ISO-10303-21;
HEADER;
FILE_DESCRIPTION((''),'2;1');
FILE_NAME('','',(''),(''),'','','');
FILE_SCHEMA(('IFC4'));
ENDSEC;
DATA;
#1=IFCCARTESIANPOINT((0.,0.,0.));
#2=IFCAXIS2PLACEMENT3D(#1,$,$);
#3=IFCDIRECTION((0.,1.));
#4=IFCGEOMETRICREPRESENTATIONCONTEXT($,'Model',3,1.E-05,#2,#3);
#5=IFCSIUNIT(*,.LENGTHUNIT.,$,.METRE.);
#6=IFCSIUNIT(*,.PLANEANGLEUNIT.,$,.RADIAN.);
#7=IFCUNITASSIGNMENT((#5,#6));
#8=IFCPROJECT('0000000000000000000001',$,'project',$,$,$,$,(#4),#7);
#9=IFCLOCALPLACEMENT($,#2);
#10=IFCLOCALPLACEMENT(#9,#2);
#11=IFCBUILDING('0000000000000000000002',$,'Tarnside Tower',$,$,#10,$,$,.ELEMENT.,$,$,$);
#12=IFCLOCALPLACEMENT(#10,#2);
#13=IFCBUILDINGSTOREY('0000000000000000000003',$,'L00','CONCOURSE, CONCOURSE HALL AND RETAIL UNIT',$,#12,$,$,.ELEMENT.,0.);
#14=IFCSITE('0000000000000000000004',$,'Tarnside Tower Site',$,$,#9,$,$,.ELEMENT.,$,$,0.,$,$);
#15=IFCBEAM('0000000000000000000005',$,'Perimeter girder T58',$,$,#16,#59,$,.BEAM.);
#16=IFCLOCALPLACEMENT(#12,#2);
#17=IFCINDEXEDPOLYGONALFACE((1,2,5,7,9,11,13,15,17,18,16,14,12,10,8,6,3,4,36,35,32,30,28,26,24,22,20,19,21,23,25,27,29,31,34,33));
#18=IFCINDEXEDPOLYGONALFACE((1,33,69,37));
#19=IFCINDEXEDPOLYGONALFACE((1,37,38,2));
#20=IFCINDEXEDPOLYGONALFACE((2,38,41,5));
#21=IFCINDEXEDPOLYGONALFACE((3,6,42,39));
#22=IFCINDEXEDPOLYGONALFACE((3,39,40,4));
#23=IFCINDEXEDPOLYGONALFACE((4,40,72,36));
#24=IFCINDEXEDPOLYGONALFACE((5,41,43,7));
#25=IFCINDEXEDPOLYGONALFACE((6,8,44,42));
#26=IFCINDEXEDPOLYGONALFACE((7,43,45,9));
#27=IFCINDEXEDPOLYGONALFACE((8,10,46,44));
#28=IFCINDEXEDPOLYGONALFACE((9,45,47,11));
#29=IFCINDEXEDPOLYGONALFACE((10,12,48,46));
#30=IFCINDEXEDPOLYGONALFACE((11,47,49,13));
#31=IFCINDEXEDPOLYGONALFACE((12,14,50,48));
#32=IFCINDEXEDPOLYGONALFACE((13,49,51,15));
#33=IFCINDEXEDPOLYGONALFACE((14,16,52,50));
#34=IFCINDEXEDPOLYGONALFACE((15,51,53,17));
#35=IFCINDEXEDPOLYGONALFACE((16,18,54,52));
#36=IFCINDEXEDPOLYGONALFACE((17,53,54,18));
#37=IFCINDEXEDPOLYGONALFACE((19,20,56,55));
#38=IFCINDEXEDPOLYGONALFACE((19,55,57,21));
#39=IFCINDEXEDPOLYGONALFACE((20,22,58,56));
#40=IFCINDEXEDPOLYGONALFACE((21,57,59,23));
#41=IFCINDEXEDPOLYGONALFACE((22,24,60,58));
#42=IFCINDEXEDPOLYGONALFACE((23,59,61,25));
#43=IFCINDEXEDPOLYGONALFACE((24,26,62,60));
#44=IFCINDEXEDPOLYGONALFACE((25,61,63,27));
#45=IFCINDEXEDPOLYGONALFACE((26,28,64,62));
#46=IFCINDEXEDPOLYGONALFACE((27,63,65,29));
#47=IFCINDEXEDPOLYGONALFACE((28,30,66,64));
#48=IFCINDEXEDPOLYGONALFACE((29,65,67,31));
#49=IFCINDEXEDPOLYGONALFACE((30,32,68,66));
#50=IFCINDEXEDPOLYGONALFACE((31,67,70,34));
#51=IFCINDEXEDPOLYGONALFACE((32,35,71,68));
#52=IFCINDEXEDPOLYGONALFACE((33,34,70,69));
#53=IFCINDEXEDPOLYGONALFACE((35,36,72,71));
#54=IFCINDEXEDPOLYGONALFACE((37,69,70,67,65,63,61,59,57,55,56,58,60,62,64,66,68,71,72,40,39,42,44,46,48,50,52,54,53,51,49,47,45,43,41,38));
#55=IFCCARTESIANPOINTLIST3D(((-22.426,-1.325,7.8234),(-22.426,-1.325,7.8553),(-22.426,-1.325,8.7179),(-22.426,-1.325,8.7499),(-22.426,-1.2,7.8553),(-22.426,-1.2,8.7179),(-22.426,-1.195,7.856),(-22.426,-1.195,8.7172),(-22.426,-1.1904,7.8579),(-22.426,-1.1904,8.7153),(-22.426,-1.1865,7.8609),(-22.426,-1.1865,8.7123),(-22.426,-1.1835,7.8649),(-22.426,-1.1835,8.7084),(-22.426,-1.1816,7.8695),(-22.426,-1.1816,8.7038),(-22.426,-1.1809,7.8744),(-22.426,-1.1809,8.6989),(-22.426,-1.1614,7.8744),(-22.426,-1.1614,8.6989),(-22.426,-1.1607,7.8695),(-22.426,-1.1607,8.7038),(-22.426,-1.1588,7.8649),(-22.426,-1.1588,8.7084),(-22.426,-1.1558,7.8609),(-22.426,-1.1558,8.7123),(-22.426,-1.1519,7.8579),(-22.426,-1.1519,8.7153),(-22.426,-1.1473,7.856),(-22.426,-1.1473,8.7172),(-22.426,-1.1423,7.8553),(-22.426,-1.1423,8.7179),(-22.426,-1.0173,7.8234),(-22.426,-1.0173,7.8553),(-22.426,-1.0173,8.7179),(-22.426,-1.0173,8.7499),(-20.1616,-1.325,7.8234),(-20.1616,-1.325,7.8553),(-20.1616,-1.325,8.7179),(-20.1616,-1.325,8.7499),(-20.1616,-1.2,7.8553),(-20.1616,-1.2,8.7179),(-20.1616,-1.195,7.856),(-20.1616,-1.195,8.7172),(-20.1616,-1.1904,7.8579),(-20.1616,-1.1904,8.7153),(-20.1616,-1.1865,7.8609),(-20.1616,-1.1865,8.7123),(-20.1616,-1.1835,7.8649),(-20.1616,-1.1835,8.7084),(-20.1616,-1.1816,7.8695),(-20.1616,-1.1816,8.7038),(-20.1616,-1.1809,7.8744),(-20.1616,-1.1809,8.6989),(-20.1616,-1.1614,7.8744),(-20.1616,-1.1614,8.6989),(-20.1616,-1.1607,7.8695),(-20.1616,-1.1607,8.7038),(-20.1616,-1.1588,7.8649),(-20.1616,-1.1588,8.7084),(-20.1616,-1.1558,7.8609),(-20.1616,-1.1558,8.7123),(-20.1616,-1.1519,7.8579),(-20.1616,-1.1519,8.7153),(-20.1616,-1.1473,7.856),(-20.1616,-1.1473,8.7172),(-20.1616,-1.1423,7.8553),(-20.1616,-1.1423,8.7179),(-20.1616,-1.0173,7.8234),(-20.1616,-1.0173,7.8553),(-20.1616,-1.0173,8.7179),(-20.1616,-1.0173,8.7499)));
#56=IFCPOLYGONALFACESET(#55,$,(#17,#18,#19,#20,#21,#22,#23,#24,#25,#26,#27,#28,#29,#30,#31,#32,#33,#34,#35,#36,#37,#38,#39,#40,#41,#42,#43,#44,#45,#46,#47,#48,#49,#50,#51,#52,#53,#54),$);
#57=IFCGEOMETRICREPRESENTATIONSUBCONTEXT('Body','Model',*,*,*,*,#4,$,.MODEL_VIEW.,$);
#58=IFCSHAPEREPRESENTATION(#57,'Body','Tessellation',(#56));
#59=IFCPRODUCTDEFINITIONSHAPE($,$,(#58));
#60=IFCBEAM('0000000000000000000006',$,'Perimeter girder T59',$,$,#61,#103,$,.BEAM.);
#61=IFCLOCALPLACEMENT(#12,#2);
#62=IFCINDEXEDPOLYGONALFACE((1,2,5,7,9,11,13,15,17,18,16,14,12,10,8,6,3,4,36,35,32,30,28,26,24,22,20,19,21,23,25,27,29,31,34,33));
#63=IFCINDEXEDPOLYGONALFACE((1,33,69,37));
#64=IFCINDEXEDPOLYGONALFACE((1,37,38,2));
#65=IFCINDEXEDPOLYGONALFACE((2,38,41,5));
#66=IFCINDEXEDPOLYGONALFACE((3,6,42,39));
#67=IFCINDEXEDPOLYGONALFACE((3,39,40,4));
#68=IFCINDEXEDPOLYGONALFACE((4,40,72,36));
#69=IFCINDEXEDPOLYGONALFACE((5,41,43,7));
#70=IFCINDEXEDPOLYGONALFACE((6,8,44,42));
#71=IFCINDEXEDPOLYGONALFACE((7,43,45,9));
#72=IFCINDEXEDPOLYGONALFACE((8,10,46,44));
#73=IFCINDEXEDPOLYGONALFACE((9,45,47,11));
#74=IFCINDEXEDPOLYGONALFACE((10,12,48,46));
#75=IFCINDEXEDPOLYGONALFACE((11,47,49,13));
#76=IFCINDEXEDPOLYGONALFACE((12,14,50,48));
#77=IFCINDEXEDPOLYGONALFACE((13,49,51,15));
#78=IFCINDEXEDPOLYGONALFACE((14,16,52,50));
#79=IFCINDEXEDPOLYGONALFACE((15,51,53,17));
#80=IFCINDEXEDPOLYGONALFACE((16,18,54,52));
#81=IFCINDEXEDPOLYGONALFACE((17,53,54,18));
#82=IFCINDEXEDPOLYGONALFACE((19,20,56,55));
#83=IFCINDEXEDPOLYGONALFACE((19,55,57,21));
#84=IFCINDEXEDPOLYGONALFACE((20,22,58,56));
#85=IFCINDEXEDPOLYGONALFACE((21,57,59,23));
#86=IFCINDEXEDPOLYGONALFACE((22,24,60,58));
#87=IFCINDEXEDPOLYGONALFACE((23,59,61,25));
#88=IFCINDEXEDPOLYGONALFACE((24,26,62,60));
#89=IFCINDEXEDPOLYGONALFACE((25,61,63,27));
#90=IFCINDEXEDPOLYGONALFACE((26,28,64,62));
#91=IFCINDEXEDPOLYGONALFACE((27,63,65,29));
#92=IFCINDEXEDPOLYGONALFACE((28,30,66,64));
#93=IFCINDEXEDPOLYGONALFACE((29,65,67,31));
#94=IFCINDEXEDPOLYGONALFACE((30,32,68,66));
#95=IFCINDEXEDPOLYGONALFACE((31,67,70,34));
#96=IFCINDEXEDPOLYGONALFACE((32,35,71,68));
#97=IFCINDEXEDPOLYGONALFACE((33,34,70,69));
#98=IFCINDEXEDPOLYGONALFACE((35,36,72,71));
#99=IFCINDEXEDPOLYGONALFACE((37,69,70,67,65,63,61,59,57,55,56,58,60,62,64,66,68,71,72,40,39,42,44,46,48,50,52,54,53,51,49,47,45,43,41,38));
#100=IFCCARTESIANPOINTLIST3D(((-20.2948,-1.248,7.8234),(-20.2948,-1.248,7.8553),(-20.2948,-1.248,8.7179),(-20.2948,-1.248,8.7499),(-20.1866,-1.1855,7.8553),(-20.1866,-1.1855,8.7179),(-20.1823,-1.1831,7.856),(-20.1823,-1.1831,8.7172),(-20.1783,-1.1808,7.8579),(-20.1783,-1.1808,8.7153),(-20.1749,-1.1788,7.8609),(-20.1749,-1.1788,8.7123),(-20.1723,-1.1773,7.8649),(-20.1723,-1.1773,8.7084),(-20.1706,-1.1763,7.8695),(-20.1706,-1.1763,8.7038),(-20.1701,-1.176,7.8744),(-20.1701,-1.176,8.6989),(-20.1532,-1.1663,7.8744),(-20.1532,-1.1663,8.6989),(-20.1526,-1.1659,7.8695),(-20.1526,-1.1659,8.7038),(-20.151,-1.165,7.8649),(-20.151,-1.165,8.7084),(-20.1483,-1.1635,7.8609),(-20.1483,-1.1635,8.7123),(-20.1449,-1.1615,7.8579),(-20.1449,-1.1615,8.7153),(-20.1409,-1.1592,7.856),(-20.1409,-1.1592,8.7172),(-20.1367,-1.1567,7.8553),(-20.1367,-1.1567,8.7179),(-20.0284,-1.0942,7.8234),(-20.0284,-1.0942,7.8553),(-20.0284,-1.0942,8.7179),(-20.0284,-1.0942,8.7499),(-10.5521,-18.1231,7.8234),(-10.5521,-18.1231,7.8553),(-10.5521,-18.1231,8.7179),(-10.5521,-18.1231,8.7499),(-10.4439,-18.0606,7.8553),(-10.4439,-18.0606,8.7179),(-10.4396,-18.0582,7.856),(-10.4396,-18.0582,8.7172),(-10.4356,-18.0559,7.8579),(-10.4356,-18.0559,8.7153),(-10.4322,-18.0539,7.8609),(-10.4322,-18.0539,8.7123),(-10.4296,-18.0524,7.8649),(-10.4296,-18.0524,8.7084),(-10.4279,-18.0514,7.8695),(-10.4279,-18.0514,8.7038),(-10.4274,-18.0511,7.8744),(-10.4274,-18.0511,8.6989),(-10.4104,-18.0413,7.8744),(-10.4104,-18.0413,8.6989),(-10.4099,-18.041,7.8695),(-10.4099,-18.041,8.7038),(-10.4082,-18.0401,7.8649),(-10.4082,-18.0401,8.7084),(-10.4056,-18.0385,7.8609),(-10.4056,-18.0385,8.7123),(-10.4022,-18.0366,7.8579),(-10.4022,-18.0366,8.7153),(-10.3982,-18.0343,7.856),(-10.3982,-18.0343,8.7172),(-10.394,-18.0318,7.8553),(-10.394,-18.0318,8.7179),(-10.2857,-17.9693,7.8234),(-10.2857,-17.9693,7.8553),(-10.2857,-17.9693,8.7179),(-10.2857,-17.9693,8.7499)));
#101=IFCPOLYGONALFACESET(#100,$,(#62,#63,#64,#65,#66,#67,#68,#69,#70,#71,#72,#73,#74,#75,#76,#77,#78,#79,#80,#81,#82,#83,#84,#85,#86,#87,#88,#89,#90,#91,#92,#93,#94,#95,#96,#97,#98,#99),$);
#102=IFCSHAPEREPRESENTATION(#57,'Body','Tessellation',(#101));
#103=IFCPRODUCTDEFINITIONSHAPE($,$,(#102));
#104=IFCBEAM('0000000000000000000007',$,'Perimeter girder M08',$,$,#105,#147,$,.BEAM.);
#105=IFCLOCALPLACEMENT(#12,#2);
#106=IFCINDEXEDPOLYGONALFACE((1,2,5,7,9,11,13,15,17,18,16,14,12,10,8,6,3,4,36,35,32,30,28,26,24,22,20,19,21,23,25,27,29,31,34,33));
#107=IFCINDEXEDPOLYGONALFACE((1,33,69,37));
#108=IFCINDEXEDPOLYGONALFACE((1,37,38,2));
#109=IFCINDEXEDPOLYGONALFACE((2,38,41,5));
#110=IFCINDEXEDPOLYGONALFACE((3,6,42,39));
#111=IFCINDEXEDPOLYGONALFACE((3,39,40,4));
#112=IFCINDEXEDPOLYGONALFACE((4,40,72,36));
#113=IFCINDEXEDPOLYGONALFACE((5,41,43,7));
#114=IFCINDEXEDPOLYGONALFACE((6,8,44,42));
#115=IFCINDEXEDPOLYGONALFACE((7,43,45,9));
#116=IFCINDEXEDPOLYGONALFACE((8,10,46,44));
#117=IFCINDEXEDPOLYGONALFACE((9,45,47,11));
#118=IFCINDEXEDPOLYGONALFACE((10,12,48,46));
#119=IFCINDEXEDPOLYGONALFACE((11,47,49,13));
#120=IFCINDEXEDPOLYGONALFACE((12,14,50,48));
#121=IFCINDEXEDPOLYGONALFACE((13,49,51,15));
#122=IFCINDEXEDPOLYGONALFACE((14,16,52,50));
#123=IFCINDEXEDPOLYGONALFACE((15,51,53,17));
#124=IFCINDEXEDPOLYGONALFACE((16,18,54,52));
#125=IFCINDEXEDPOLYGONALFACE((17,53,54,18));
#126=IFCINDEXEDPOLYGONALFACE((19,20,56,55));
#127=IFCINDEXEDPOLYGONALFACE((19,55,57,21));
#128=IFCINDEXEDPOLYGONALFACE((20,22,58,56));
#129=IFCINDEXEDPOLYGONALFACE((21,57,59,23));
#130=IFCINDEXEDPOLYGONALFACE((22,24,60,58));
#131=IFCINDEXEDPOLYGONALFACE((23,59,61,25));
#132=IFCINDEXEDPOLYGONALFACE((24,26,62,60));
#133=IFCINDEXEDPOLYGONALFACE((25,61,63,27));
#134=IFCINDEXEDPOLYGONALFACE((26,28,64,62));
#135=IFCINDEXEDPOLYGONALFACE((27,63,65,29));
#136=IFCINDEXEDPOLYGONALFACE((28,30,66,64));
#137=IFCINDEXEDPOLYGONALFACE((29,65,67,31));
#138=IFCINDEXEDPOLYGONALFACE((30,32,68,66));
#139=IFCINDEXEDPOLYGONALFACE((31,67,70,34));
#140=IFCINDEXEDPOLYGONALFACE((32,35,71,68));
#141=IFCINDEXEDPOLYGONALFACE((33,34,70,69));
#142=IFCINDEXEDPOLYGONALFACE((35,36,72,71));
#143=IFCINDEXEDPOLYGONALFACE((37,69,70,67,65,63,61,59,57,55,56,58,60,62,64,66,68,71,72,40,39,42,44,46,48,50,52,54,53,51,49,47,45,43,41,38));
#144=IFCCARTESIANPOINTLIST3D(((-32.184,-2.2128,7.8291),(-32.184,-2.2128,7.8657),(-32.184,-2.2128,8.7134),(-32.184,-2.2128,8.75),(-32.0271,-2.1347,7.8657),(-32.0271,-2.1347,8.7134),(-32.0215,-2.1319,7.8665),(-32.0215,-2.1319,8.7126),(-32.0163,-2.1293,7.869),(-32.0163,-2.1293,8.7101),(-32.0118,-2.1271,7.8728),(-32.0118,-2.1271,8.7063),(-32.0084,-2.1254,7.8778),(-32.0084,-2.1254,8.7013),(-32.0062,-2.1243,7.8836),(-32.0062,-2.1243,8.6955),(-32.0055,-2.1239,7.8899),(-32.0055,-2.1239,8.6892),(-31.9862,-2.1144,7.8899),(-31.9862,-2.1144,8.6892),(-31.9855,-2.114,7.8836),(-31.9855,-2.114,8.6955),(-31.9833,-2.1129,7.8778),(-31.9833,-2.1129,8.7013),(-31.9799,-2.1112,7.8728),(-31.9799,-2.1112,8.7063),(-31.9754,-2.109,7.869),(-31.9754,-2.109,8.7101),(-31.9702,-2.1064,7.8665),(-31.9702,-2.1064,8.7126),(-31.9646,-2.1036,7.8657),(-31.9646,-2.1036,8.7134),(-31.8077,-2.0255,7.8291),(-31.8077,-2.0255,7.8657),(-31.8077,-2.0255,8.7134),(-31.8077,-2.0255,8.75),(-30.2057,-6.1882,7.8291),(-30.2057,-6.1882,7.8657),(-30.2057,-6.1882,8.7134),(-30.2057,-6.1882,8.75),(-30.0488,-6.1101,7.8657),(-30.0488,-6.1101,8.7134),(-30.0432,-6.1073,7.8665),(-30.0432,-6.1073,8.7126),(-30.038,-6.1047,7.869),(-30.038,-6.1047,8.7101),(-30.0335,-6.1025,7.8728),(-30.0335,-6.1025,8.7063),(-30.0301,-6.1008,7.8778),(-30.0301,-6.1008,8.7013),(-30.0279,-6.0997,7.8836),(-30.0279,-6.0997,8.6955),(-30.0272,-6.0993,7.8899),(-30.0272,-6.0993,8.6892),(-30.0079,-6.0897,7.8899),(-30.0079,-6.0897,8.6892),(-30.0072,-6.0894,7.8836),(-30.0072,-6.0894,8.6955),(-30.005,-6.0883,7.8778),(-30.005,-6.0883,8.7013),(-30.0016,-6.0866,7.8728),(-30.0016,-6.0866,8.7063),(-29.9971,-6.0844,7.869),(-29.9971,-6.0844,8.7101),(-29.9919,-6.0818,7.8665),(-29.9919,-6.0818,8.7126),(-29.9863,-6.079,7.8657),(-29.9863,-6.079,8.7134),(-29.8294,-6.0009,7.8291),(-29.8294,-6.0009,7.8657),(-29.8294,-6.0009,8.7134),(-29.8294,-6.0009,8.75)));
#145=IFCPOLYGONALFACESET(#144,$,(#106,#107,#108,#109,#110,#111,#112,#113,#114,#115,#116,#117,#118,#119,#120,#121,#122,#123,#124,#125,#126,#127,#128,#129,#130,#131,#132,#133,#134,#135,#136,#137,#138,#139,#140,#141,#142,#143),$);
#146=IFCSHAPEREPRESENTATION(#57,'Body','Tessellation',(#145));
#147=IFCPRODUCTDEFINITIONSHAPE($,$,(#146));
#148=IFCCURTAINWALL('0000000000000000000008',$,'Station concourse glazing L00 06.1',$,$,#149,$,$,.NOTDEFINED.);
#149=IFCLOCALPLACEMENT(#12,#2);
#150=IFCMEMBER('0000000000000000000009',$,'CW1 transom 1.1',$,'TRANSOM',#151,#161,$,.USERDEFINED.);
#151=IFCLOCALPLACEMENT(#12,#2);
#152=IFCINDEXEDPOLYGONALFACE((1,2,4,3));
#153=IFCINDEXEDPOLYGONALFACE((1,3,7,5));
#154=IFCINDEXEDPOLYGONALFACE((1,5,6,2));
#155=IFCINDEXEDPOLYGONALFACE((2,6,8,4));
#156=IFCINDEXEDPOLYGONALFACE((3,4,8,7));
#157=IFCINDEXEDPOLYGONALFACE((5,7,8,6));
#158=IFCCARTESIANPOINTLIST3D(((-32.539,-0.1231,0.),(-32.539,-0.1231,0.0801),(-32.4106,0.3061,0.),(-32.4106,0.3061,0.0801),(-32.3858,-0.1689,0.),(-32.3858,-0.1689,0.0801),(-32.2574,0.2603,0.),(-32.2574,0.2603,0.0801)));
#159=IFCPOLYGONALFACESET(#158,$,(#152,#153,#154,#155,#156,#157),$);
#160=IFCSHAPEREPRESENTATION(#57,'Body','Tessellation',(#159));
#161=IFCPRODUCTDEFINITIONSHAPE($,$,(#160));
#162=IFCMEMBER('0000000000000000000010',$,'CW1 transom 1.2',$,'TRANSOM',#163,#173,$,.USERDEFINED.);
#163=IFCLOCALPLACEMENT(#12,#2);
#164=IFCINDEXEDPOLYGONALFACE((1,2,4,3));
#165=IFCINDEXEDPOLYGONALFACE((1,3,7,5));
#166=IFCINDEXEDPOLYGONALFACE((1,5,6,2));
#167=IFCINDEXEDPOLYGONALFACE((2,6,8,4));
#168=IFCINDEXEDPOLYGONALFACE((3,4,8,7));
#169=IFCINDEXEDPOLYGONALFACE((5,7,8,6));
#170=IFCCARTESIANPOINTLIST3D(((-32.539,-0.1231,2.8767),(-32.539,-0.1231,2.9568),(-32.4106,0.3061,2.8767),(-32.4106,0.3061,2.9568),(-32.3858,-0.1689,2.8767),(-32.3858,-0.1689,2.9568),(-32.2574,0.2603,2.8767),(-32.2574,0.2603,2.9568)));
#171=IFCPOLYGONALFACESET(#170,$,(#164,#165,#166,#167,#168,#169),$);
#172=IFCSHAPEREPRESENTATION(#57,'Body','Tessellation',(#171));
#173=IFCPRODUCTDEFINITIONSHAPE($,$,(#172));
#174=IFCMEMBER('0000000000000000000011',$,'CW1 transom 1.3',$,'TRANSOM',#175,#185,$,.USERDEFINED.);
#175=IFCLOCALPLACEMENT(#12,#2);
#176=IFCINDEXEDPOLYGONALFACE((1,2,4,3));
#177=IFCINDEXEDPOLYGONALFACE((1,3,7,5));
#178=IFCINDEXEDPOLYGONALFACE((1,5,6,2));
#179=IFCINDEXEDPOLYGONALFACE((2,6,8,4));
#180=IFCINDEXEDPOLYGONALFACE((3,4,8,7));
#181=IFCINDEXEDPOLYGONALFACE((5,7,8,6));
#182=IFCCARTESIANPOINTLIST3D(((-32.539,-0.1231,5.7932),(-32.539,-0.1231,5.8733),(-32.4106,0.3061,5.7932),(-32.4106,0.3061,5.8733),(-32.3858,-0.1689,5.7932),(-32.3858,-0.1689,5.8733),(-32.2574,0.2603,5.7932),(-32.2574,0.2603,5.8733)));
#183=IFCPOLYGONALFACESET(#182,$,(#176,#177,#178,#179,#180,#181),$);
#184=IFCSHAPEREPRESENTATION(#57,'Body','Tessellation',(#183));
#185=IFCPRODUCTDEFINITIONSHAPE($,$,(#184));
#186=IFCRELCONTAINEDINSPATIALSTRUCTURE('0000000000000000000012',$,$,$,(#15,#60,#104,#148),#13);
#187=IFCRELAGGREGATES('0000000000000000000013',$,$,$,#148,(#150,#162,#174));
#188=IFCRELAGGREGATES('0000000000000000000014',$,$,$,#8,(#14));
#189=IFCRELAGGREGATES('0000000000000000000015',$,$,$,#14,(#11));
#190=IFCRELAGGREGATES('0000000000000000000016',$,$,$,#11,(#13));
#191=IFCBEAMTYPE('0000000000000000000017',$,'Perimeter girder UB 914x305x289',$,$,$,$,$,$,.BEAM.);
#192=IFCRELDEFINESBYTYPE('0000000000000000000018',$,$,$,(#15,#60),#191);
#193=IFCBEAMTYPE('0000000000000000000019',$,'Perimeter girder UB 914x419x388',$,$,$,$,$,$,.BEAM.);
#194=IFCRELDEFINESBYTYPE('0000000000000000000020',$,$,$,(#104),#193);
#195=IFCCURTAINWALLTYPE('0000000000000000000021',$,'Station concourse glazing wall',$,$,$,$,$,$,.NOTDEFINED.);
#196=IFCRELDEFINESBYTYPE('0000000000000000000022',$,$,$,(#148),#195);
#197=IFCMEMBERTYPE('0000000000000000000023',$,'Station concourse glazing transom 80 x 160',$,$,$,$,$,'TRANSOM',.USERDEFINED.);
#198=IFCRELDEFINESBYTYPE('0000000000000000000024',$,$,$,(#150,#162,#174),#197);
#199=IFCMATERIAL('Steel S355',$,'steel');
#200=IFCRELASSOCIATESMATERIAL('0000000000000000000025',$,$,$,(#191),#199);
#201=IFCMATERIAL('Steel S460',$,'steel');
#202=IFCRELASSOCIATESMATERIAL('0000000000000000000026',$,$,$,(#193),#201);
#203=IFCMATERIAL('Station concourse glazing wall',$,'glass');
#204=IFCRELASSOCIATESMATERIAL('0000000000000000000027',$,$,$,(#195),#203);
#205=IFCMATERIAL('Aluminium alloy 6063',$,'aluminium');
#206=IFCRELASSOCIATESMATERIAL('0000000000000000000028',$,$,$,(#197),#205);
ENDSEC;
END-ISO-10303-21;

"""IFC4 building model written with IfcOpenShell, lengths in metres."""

from ifc_helpers import new_model, si_unit, direction, frame, origin, origin_2d, place, context, subcontext, project, spatial, rectangle, i_section, extrude, material, material_profile, profile_set, type_object, element, aggregate, save


model = new_model("IFC4")

# Units and contexts
model_context = context("Model", 3, precision=1e-05, world=origin(), true_north=direction((0.0, 1.0)))
body_context = subcontext(model_context, "Body", "Model", "MODEL_VIEW")
ifc_project = project(units=[si_unit("LENGTHUNIT", "METRE"), si_unit("PLANEANGLEUNIT", "RADIAN")], contexts=[model_context])

# Site, building, storey
site_placement = place(None, origin())
site = spatial("IfcSite", under=ifc_project, at=site_placement, Name="Tarnside Tower Site", CompositionType="ELEMENT", RefElevation=0.0)
building_placement = place(site_placement, origin())
building = spatial("IfcBuilding", under=site, at=building_placement, Name="Tarnside Tower", CompositionType="ELEMENT")
storey_placement = place(building_placement, origin())
storey = spatial("IfcBuildingStorey", under=building, at=storey_placement, Name="L00", Description="CONCOURSE, CONCOURSE HALL AND RETAIL UNIT", CompositionType="ELEMENT", Elevation=0.0)

# Beams
ifc_material_1 = material(Name="Steel S355", Category="steel")
ifc_material_profile_1 = material_profile(ifc_material_1, i_section(OverallWidth=0.3076, OverallDepth=0.9265, WebThickness=0.0195, FlangeThickness=0.032, FilletRadius=0.019, at=origin_2d()), Name="UB 914x305x289")
ifc_profile_set_1 = profile_set([ifc_material_profile_1], Name="Steel S355")
beam_type_1 = type_object("IfcBeamType", Name="Perimeter girder UB 914x305x289", PredefinedType="BEAM", material=ifc_profile_set_1)
beam_1_placement = place(storey_placement, frame((-22.426, -1.1711, 8.2866), z_axis=(1.0, 0.0, 0.0), x_axis=(0.0, 1.0, 0.0)))
element("IfcBeam", 1, at=beam_1_placement, inside=storey, type_object=beam_type_1, Name="Perimeter girder T58", PredefinedType="BEAM", context=body_context, shape_type="SweptSolid", body=[
    extrude(i_section(OverallWidth=0.3076, OverallDepth=0.9265, WebThickness=0.0195, FlangeThickness=0.032, FilletRadius=0.019, at=origin_2d()), origin(), (0.0, 0.0, 1.0), 2.2644),
])
beam_2_placement = place(storey_placement, frame((-20.1616, -1.1711, 8.2866), z_axis=(0.499996, -0.866028, 0.0), x_axis=(0.866028, 0.499996, 0.0)))
element("IfcBeam", 2, at=beam_2_placement, inside=storey, type_object=beam_type_1, Name="Perimeter girder T59", PredefinedType="BEAM", context=body_context, shape_type="SweptSolid", body=[
    extrude(i_section(OverallWidth=0.3076, OverallDepth=0.9265, WebThickness=0.0195, FlangeThickness=0.032, FilletRadius=0.019, at=origin_2d()), origin(), (0.0, 0.0, 1.0), 19.4856),
])
ifc_material_2 = material(Name="Steel S460", Category="steel")
ifc_material_profile_2 = material_profile(ifc_material_2, i_section(OverallWidth=0.4204, OverallDepth=0.9209, WebThickness=0.0215, FlangeThickness=0.0366, FilletRadius=0.0242, at=origin_2d()), Name="UB 914x419x388")
ifc_profile_set_2 = profile_set([ifc_material_profile_2], Name="Steel S460")
beam_type_2 = type_object("IfcBeamType", Name="Perimeter girder UB 914x419x388", PredefinedType="BEAM", material=ifc_profile_set_2)
beam_3_placement = place(storey_placement, frame((-31.9958, -2.1191, 8.2896), z_axis=(0.445519, -0.895272, 0.0), x_axis=(0.895272, 0.445519, 0.0)))
element("IfcBeam", 3, at=beam_3_placement, inside=storey, type_object=beam_type_2, Name="Perimeter girder M08", PredefinedType="BEAM", context=body_context, shape_type="SweptSolid", body=[
    extrude(i_section(OverallWidth=0.4204, OverallDepth=0.9209, WebThickness=0.0215, FlangeThickness=0.0366, FilletRadius=0.0242, at=origin_2d()), origin(), (0.0, 0.0, 1.0), 4.4404),
])

# Curtain wall, members
ifc_material_3 = material(Name="Station concourse glazing wall", Category="glass")
curtain_wall_type = type_object("IfcCurtainWallType", Name="Station concourse glazing wall", PredefinedType="NOTDEFINED", material=ifc_material_3)
curtain_wall_1_placement = place(storey_placement, origin())
curtain_wall_1 = element("IfcCurtainWall", 4, at=curtain_wall_1_placement, inside=storey, type_object=curtain_wall_type, Name="Station concourse glazing L00 06.1", PredefinedType="NOTDEFINED")
ifc_material_4 = material(Name="Aluminium alloy 6063", Category="aluminium")
ifc_material_profile_3 = material_profile(ifc_material_4, rectangle(XDim=0.1599, YDim=0.0801, at=origin_2d()), Name="Station concourse glazing transom 80 x 160")
ifc_profile_set_3 = profile_set([ifc_material_profile_3], Name="Aluminium alloy 6063")
member_type = type_object("IfcMemberType", Name="Station concourse glazing transom 80 x 160", ElementType="TRANSOM", PredefinedType="USERDEFINED", material=ifc_profile_set_3)
member_1_placement = place(storey_placement, frame((-32.334, 0.2832, 0.04), z_axis=(-0.286648, -0.958036, 0.0), x_axis=(0.958036, -0.286648, 0.0)))
member_1 = element("IfcMember", 5, at=member_1_placement, type_object=member_type, Name="CW1 transom 1.1", ObjectType="TRANSOM", PredefinedType="USERDEFINED", context=body_context, shape_type="SweptSolid", body=[
    extrude(rectangle(XDim=0.1599, YDim=0.0801, at=origin_2d()), origin(), (0.0, 0.0, 1.0), 0.448),
])
member_2_placement = place(storey_placement, frame((-32.334, 0.2832, 2.9167), z_axis=(-0.286648, -0.958036, 0.0), x_axis=(0.958036, -0.286648, 0.0)))
member_2 = element("IfcMember", 6, at=member_2_placement, type_object=member_type, Name="CW1 transom 1.2", ObjectType="TRANSOM", PredefinedType="USERDEFINED", context=body_context, shape_type="SweptSolid", body=[
    extrude(rectangle(XDim=0.1599, YDim=0.0801, at=origin_2d()), origin(), (0.0, 0.0, 1.0), 0.448),
])
member_3_placement = place(storey_placement, frame((-32.334, 0.2832, 5.8333), z_axis=(-0.286648, -0.958036, 0.0), x_axis=(0.958036, -0.286648, 0.0)))
member_3 = element("IfcMember", 7, at=member_3_placement, type_object=member_type, Name="CW1 transom 1.3", ObjectType="TRANSOM", PredefinedType="USERDEFINED", context=body_context, shape_type="SweptSolid", body=[
    extrude(rectangle(XDim=0.1599, YDim=0.0801, at=origin_2d()), origin(), (0.0, 0.0, 1.0), 0.448),
])

aggregate(curtain_wall_1, [member_1, member_2, member_3])

save(model, "model.ifc")
